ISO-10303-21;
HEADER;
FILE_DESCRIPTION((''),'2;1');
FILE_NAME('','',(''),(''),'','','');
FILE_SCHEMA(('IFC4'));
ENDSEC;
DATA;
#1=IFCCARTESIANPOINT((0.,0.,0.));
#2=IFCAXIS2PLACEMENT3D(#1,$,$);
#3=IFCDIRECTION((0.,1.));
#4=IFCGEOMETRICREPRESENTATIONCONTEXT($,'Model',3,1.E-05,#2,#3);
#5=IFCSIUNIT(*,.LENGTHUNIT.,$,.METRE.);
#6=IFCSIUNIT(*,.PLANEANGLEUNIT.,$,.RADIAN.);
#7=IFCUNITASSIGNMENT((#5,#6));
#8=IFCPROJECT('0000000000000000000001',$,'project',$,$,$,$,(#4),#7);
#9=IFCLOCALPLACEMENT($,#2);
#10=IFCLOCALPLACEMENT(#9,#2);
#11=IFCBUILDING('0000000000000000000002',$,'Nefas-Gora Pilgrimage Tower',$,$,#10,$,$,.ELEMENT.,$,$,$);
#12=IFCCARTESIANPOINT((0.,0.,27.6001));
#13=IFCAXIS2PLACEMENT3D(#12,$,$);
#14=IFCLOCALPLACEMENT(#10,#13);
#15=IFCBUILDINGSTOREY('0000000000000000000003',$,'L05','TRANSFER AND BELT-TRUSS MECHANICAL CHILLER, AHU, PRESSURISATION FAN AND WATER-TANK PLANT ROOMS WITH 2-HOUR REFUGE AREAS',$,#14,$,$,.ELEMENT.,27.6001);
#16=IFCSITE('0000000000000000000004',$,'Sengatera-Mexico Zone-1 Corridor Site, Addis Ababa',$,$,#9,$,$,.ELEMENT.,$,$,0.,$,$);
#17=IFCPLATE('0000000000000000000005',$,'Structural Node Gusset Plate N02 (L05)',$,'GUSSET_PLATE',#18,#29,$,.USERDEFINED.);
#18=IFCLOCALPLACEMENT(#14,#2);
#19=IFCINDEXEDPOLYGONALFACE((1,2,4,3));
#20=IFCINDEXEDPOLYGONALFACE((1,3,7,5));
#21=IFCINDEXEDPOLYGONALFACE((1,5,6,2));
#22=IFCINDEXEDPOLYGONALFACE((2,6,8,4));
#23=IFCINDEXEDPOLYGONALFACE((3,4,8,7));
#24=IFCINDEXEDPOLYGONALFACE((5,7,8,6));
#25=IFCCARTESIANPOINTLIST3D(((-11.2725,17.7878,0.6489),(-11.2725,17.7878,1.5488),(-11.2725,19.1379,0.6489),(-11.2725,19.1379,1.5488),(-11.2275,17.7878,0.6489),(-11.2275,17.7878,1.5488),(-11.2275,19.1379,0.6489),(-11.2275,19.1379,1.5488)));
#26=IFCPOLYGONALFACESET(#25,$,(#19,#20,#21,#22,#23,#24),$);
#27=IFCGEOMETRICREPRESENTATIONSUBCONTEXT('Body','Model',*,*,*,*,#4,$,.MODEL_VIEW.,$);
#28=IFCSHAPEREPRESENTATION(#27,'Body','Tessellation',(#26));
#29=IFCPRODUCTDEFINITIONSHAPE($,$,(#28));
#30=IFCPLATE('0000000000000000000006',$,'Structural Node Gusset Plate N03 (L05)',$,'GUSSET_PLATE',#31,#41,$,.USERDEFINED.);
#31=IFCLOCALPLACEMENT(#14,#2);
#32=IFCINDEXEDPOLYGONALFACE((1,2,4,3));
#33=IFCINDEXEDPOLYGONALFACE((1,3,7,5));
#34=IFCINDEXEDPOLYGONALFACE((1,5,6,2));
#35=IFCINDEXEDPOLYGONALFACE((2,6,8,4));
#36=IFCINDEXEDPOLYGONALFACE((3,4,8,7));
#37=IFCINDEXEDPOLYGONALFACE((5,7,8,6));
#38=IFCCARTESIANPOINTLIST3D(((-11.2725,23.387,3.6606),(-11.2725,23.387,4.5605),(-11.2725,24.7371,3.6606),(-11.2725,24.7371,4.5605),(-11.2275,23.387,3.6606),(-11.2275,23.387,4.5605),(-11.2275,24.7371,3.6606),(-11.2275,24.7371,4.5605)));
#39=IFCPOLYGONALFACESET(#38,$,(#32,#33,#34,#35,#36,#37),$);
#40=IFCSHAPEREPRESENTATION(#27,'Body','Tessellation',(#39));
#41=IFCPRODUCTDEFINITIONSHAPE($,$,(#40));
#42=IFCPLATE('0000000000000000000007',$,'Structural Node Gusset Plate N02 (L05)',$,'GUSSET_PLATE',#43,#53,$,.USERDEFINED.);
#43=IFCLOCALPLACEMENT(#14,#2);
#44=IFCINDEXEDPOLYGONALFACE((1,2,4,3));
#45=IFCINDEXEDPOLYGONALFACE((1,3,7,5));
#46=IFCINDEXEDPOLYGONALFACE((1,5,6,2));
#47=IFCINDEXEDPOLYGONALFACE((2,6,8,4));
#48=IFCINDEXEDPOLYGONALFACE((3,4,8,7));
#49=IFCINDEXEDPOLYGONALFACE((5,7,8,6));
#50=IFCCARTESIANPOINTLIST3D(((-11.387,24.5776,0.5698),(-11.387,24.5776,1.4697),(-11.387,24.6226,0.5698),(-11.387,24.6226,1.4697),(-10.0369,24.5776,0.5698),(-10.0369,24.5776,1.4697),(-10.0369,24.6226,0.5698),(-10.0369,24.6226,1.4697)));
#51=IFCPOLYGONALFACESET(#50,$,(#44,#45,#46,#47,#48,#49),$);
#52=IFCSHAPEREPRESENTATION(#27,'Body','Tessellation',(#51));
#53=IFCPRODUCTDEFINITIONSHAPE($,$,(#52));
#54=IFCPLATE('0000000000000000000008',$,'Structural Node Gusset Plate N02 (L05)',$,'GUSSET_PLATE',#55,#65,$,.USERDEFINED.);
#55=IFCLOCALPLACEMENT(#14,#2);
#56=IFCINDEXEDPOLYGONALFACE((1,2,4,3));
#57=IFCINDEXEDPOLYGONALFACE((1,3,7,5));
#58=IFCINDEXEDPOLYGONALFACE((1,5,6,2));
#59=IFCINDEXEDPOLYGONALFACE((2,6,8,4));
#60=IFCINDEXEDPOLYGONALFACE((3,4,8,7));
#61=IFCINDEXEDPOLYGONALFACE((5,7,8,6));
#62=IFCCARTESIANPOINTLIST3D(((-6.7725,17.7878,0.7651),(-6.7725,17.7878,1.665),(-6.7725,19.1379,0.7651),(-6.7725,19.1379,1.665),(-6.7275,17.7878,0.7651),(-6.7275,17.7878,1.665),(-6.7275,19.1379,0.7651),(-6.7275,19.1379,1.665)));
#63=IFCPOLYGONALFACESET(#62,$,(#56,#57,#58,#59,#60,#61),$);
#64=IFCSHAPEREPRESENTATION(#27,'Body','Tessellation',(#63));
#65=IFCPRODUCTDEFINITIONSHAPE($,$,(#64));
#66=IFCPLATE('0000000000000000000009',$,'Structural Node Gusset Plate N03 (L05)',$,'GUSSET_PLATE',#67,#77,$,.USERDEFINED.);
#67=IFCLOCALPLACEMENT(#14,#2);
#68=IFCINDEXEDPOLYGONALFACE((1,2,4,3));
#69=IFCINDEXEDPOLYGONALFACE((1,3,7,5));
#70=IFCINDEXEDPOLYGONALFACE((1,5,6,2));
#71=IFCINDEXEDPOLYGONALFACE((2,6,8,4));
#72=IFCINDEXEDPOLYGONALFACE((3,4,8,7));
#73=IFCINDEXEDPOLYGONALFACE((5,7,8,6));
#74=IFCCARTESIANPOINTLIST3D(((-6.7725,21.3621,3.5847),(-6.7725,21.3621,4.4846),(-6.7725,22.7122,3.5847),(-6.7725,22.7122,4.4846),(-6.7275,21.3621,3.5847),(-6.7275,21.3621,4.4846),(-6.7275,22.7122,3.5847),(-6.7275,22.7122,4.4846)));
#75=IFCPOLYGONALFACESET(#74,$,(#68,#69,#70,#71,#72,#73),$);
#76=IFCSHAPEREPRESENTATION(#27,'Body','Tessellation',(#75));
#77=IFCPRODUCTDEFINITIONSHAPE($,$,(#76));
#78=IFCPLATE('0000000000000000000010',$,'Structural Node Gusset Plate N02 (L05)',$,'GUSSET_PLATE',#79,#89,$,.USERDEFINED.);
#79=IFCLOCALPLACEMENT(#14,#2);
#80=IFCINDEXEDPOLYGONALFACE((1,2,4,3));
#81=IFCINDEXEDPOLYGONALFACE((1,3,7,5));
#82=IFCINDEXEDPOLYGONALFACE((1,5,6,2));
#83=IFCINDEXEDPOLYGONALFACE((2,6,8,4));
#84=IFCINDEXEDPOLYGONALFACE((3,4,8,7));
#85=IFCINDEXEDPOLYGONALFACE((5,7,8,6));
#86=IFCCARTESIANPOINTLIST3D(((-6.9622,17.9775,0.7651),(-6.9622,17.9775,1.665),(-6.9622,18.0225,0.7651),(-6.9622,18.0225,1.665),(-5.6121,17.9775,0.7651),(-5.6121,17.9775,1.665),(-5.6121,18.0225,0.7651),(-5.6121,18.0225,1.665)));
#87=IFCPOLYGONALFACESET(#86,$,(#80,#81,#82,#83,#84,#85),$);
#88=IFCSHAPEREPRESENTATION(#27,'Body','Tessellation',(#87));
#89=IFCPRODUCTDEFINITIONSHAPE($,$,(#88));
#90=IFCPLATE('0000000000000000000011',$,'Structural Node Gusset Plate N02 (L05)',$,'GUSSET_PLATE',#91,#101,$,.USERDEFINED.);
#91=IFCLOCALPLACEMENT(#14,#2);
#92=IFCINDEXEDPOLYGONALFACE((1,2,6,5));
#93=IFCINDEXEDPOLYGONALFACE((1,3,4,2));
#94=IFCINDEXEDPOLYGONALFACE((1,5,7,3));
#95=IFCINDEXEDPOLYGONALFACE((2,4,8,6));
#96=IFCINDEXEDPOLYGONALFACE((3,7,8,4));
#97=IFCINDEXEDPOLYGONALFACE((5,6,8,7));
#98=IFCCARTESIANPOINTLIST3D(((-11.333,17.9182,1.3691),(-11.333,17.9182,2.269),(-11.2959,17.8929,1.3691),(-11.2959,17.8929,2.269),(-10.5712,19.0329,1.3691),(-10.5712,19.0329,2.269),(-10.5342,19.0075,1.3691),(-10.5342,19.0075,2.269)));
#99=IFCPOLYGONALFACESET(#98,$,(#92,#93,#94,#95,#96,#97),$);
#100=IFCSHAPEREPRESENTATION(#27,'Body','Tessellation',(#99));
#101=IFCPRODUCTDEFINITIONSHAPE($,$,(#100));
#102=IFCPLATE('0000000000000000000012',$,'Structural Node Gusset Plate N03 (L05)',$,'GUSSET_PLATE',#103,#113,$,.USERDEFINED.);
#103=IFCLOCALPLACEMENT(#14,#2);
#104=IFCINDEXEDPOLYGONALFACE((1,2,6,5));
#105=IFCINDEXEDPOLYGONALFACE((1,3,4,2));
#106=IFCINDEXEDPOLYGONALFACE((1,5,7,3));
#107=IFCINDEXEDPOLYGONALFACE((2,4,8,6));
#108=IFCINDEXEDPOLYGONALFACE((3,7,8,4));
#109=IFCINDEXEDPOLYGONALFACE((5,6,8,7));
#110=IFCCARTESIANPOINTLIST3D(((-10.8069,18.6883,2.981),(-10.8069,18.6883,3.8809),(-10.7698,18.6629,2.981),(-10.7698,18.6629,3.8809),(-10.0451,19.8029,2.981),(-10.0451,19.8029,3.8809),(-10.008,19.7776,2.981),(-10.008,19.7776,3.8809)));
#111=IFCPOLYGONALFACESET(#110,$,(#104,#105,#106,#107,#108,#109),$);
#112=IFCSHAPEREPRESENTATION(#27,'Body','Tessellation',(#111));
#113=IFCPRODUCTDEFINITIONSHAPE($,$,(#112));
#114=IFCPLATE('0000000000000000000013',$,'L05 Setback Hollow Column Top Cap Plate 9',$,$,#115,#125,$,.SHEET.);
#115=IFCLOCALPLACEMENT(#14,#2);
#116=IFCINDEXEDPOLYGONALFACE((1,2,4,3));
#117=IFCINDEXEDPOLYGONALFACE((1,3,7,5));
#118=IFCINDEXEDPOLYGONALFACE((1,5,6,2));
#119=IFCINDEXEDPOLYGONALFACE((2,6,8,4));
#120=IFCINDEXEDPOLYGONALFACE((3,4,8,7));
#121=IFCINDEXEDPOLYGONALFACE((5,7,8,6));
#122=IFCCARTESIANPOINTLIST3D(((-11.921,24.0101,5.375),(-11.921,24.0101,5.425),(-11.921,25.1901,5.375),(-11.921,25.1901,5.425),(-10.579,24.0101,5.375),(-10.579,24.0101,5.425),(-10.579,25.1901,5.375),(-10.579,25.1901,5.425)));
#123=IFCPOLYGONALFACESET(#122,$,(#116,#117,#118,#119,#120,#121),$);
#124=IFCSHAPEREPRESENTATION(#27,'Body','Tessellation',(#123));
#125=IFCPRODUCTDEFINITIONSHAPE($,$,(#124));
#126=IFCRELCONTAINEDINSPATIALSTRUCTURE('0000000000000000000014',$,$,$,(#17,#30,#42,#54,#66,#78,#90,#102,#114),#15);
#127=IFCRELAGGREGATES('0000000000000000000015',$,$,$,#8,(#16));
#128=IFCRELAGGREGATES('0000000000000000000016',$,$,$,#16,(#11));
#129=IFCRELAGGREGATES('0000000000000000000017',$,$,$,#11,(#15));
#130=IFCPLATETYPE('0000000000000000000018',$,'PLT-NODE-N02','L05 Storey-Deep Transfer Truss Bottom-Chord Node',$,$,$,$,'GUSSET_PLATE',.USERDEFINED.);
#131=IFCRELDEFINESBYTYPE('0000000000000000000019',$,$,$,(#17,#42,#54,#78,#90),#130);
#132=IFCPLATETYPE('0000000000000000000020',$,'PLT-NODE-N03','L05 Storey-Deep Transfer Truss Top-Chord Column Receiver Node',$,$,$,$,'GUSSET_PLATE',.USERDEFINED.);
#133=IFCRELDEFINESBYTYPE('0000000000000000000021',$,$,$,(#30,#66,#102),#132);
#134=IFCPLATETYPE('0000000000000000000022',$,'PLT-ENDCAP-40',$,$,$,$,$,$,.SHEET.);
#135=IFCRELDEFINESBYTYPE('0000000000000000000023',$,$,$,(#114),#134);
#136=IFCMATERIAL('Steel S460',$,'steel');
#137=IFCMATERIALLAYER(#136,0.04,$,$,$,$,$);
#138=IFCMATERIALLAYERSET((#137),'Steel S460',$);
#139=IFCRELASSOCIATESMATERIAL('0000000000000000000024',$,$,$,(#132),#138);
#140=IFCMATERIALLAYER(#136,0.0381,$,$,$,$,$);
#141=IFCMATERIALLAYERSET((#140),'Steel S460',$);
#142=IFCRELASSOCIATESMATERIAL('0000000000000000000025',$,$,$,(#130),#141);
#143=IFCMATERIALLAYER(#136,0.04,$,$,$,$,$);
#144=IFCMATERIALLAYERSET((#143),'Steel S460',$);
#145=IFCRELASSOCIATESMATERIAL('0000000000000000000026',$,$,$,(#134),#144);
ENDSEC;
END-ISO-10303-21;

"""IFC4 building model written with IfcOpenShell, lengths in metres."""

from ifc_helpers import new_model, si_unit, direction, frame, origin, origin_2d, place, context, subcontext, project, spatial, rectangle, extrude, source, transform, mapped, material, layer, layer_set, type_object, element, save


model = new_model("IFC4")

# Units and contexts
model_context = context("Model", 3, precision=1e-05, world=origin(), true_north=direction((0.0, 1.0)))
body_context = subcontext(model_context, "Body", "Model", "MODEL_VIEW")
ifc_project = project(units=[si_unit("LENGTHUNIT", "METRE"), si_unit("PLANEANGLEUNIT", "RADIAN")], contexts=[model_context])

# Site, building, storey
site_placement = place(None, origin())
site = spatial("IfcSite", under=ifc_project, at=site_placement, Name="Sengatera-Mexico Zone-1 Corridor Site, Addis Ababa", CompositionType="ELEMENT", RefElevation=0.0)
building_placement = place(site_placement, origin())
building = spatial("IfcBuilding", under=site, at=building_placement, Name="Nefas-Gora Pilgrimage Tower", CompositionType="ELEMENT")
storey_placement = place(building_placement, frame((0.0, 0.0, 27.6001)))
storey = spatial("IfcBuildingStorey", under=building, at=storey_placement, Name="L05", Description="TRANSFER AND BELT-TRUSS MECHANICAL CHILLER, AHU, PRESSURISATION FAN AND WATER-TANK PLANT ROOMS WITH 2-HOUR REFUGE AREAS", CompositionType="ELEMENT", Elevation=27.6001)

# Shared definitions
ifc_material = material(Name="Steel S460", Category="steel")

# Plates
ifc_layer_1 = layer(ifc_material, 0.04)
ifc_layer_set_1 = layer_set([ifc_layer_1], Name="Steel S460")
plate_type_1 = type_object("IfcPlateType", Name="PLT-NODE-N03", Description="L05 Storey-Deep Transfer Truss Top-Chord Column Receiver Node", ElementType="GUSSET_PLATE", PredefinedType="USERDEFINED", material=ifc_layer_set_1)
shared_shape_1 = source(origin(), body_context, "Body", "SweptSolid", [
    extrude(rectangle(XDim=1.3501, YDim=0.0449, at=origin_2d()), origin(), (0.0, 0.0, 1.0), 0.8999),
])
ifc_layer_2 = layer(ifc_material, 0.0381)
ifc_layer_set_2 = layer_set([ifc_layer_2], Name="Steel S460")
plate_type_2 = type_object("IfcPlateType", Name="PLT-NODE-N02", Description="L05 Storey-Deep Transfer Truss Bottom-Chord Node", ElementType="GUSSET_PLATE", PredefinedType="USERDEFINED", material=ifc_layer_set_2)
plate_1_placement = place(storey_placement, frame((-11.25, 18.4629, 0.6489), z_axis=(0.0, 0.0, 1.0), x_axis=(0.0, 1.0, 0.0)))
element("IfcPlate", 1, at=plate_1_placement, inside=storey, type_object=plate_type_2, Name="Structural Node Gusset Plate N02 (L05)", ObjectType="GUSSET_PLATE", PredefinedType="USERDEFINED", context=body_context, shape_type="MappedRepresentation", body=[
    mapped(shared_shape_1, transform((0.0, 0.0, 0.0), x_axis=(1.0, 0.0, 0.0), y_axis=(0.0, 1.0, 0.0), z_axis=(0.0, 0.0, 1.0), scale=1.0)),
])
plate_2_placement = place(storey_placement, frame((-11.25, 24.062, 3.6606), z_axis=(0.0, 0.0, 1.0), x_axis=(0.0, 1.0, 0.0)))
element("IfcPlate", 2, at=plate_2_placement, inside=storey, type_object=plate_type_1, Name="Structural Node Gusset Plate N03 (L05)", ObjectType="GUSSET_PLATE", PredefinedType="USERDEFINED", context=body_context, shape_type="MappedRepresentation", body=[
    mapped(shared_shape_1, transform((0.0, 0.0, 0.0), x_axis=(1.0, 0.0, 0.0), y_axis=(0.0, 1.0, 0.0), z_axis=(0.0, 0.0, 1.0), scale=1.0)),
])
for number, where, z_axis, x_axis, name in (
    (3, (-10.7119, 24.6001, 0.5698), (0.0, 0.0, 1.0), (1.0, 0.0, 0.0), "Structural Node Gusset Plate N02 (L05)"),
    (4, (-6.75, 18.4629, 0.7651), (0.0, 0.0, 1.0), (0.0, 1.0, 0.0), "Structural Node Gusset Plate N02 (L05)"),
):
    element("IfcPlate", number, at=place(storey_placement, frame(where, z_axis=z_axis, x_axis=x_axis)), inside=storey, type_object=plate_type_2, Name=name, ObjectType="GUSSET_PLATE", PredefinedType="USERDEFINED", context=body_context, shape_type="MappedRepresentation", body=[
        mapped(shared_shape_1, transform((0.0, 0.0, 0.0), x_axis=(1.0, 0.0, 0.0), y_axis=(0.0, 1.0, 0.0), z_axis=(0.0, 0.0, 1.0), scale=1.0)),
    ])
plate_3_placement = place(storey_placement, frame((-6.75, 22.0371, 3.5847), z_axis=(0.0, 0.0, 1.0), x_axis=(0.0, 1.0, 0.0)))
element("IfcPlate", 5, at=plate_3_placement, inside=storey, type_object=plate_type_1, Name="Structural Node Gusset Plate N03 (L05)", ObjectType="GUSSET_PLATE", PredefinedType="USERDEFINED", context=body_context, shape_type="MappedRepresentation", body=[
    mapped(shared_shape_1, transform((0.0, 0.0, 0.0), x_axis=(1.0, 0.0, 0.0), y_axis=(0.0, 1.0, 0.0), z_axis=(0.0, 0.0, 1.0), scale=1.0)),
])
for number, where, z_axis, x_axis, name in (
    (6, (-6.2871, 18.0, 0.7651), (0.0, 0.0, 1.0), (1.0, 0.0, 0.0), "Structural Node Gusset Plate N02 (L05)"),
    (7, (-10.9336, 18.4629, 1.3691), (0.0, 0.0, 1.0), (0.564247, 0.825606, 0.0), "Structural Node Gusset Plate N02 (L05)"),
):
    element("IfcPlate", number, at=place(storey_placement, frame(where, z_axis=z_axis, x_axis=x_axis)), inside=storey, type_object=plate_type_2, Name=name, ObjectType="GUSSET_PLATE", PredefinedType="USERDEFINED", context=body_context, shape_type="MappedRepresentation", body=[
        mapped(shared_shape_1, transform((0.0, 0.0, 0.0), x_axis=(1.0, 0.0, 0.0), y_axis=(0.0, 1.0, 0.0), z_axis=(0.0, 0.0, 1.0), scale=1.0)),
    ])
plate_4_placement = place(storey_placement, frame((-10.4075, 19.2329, 2.981), z_axis=(0.0, 0.0, 1.0), x_axis=(0.564247, 0.825606, 0.0)))
element("IfcPlate", 8, at=plate_4_placement, inside=storey, type_object=plate_type_1, Name="Structural Node Gusset Plate N03 (L05)", ObjectType="GUSSET_PLATE", PredefinedType="USERDEFINED", context=body_context, shape_type="MappedRepresentation", body=[
    mapped(shared_shape_1, transform((0.0, 0.0, 0.0), x_axis=(1.0, 0.0, 0.0), y_axis=(0.0, 1.0, 0.0), z_axis=(0.0, 0.0, 1.0), scale=1.0)),
])
ifc_layer_3 = layer(ifc_material, 0.04)
ifc_layer_set_3 = layer_set([ifc_layer_3], Name="Steel S460")
plate_type_3 = type_object("IfcPlateType", Name="PLT-ENDCAP-40", PredefinedType="SHEET", material=ifc_layer_set_3)
shared_shape_2 = source(origin(), body_context, "Body", "SweptSolid", [
    extrude(rectangle(XDim=1.342, YDim=1.1799, at=origin_2d()), origin(), (0.0, 0.0, 1.0), 0.05),
])
plate_5_placement = place(storey_placement, frame((-11.25, 24.6001, 5.375), z_axis=(0.0, 0.0, 1.0), x_axis=(1.0, 0.0, 0.0)))
element("IfcPlate", 9, at=plate_5_placement, inside=storey, type_object=plate_type_3, Name="L05 Setback Hollow Column Top Cap Plate 9", PredefinedType="SHEET", context=body_context, shape_type="MappedRepresentation", body=[
    mapped(shared_shape_2, transform((0.0, 0.0, 0.0), x_axis=(1.0, 0.0, 0.0), y_axis=(0.0, 1.0, 0.0), z_axis=(0.0, 0.0, 1.0), scale=1.0)),
])

save(model, "model.ifc")
